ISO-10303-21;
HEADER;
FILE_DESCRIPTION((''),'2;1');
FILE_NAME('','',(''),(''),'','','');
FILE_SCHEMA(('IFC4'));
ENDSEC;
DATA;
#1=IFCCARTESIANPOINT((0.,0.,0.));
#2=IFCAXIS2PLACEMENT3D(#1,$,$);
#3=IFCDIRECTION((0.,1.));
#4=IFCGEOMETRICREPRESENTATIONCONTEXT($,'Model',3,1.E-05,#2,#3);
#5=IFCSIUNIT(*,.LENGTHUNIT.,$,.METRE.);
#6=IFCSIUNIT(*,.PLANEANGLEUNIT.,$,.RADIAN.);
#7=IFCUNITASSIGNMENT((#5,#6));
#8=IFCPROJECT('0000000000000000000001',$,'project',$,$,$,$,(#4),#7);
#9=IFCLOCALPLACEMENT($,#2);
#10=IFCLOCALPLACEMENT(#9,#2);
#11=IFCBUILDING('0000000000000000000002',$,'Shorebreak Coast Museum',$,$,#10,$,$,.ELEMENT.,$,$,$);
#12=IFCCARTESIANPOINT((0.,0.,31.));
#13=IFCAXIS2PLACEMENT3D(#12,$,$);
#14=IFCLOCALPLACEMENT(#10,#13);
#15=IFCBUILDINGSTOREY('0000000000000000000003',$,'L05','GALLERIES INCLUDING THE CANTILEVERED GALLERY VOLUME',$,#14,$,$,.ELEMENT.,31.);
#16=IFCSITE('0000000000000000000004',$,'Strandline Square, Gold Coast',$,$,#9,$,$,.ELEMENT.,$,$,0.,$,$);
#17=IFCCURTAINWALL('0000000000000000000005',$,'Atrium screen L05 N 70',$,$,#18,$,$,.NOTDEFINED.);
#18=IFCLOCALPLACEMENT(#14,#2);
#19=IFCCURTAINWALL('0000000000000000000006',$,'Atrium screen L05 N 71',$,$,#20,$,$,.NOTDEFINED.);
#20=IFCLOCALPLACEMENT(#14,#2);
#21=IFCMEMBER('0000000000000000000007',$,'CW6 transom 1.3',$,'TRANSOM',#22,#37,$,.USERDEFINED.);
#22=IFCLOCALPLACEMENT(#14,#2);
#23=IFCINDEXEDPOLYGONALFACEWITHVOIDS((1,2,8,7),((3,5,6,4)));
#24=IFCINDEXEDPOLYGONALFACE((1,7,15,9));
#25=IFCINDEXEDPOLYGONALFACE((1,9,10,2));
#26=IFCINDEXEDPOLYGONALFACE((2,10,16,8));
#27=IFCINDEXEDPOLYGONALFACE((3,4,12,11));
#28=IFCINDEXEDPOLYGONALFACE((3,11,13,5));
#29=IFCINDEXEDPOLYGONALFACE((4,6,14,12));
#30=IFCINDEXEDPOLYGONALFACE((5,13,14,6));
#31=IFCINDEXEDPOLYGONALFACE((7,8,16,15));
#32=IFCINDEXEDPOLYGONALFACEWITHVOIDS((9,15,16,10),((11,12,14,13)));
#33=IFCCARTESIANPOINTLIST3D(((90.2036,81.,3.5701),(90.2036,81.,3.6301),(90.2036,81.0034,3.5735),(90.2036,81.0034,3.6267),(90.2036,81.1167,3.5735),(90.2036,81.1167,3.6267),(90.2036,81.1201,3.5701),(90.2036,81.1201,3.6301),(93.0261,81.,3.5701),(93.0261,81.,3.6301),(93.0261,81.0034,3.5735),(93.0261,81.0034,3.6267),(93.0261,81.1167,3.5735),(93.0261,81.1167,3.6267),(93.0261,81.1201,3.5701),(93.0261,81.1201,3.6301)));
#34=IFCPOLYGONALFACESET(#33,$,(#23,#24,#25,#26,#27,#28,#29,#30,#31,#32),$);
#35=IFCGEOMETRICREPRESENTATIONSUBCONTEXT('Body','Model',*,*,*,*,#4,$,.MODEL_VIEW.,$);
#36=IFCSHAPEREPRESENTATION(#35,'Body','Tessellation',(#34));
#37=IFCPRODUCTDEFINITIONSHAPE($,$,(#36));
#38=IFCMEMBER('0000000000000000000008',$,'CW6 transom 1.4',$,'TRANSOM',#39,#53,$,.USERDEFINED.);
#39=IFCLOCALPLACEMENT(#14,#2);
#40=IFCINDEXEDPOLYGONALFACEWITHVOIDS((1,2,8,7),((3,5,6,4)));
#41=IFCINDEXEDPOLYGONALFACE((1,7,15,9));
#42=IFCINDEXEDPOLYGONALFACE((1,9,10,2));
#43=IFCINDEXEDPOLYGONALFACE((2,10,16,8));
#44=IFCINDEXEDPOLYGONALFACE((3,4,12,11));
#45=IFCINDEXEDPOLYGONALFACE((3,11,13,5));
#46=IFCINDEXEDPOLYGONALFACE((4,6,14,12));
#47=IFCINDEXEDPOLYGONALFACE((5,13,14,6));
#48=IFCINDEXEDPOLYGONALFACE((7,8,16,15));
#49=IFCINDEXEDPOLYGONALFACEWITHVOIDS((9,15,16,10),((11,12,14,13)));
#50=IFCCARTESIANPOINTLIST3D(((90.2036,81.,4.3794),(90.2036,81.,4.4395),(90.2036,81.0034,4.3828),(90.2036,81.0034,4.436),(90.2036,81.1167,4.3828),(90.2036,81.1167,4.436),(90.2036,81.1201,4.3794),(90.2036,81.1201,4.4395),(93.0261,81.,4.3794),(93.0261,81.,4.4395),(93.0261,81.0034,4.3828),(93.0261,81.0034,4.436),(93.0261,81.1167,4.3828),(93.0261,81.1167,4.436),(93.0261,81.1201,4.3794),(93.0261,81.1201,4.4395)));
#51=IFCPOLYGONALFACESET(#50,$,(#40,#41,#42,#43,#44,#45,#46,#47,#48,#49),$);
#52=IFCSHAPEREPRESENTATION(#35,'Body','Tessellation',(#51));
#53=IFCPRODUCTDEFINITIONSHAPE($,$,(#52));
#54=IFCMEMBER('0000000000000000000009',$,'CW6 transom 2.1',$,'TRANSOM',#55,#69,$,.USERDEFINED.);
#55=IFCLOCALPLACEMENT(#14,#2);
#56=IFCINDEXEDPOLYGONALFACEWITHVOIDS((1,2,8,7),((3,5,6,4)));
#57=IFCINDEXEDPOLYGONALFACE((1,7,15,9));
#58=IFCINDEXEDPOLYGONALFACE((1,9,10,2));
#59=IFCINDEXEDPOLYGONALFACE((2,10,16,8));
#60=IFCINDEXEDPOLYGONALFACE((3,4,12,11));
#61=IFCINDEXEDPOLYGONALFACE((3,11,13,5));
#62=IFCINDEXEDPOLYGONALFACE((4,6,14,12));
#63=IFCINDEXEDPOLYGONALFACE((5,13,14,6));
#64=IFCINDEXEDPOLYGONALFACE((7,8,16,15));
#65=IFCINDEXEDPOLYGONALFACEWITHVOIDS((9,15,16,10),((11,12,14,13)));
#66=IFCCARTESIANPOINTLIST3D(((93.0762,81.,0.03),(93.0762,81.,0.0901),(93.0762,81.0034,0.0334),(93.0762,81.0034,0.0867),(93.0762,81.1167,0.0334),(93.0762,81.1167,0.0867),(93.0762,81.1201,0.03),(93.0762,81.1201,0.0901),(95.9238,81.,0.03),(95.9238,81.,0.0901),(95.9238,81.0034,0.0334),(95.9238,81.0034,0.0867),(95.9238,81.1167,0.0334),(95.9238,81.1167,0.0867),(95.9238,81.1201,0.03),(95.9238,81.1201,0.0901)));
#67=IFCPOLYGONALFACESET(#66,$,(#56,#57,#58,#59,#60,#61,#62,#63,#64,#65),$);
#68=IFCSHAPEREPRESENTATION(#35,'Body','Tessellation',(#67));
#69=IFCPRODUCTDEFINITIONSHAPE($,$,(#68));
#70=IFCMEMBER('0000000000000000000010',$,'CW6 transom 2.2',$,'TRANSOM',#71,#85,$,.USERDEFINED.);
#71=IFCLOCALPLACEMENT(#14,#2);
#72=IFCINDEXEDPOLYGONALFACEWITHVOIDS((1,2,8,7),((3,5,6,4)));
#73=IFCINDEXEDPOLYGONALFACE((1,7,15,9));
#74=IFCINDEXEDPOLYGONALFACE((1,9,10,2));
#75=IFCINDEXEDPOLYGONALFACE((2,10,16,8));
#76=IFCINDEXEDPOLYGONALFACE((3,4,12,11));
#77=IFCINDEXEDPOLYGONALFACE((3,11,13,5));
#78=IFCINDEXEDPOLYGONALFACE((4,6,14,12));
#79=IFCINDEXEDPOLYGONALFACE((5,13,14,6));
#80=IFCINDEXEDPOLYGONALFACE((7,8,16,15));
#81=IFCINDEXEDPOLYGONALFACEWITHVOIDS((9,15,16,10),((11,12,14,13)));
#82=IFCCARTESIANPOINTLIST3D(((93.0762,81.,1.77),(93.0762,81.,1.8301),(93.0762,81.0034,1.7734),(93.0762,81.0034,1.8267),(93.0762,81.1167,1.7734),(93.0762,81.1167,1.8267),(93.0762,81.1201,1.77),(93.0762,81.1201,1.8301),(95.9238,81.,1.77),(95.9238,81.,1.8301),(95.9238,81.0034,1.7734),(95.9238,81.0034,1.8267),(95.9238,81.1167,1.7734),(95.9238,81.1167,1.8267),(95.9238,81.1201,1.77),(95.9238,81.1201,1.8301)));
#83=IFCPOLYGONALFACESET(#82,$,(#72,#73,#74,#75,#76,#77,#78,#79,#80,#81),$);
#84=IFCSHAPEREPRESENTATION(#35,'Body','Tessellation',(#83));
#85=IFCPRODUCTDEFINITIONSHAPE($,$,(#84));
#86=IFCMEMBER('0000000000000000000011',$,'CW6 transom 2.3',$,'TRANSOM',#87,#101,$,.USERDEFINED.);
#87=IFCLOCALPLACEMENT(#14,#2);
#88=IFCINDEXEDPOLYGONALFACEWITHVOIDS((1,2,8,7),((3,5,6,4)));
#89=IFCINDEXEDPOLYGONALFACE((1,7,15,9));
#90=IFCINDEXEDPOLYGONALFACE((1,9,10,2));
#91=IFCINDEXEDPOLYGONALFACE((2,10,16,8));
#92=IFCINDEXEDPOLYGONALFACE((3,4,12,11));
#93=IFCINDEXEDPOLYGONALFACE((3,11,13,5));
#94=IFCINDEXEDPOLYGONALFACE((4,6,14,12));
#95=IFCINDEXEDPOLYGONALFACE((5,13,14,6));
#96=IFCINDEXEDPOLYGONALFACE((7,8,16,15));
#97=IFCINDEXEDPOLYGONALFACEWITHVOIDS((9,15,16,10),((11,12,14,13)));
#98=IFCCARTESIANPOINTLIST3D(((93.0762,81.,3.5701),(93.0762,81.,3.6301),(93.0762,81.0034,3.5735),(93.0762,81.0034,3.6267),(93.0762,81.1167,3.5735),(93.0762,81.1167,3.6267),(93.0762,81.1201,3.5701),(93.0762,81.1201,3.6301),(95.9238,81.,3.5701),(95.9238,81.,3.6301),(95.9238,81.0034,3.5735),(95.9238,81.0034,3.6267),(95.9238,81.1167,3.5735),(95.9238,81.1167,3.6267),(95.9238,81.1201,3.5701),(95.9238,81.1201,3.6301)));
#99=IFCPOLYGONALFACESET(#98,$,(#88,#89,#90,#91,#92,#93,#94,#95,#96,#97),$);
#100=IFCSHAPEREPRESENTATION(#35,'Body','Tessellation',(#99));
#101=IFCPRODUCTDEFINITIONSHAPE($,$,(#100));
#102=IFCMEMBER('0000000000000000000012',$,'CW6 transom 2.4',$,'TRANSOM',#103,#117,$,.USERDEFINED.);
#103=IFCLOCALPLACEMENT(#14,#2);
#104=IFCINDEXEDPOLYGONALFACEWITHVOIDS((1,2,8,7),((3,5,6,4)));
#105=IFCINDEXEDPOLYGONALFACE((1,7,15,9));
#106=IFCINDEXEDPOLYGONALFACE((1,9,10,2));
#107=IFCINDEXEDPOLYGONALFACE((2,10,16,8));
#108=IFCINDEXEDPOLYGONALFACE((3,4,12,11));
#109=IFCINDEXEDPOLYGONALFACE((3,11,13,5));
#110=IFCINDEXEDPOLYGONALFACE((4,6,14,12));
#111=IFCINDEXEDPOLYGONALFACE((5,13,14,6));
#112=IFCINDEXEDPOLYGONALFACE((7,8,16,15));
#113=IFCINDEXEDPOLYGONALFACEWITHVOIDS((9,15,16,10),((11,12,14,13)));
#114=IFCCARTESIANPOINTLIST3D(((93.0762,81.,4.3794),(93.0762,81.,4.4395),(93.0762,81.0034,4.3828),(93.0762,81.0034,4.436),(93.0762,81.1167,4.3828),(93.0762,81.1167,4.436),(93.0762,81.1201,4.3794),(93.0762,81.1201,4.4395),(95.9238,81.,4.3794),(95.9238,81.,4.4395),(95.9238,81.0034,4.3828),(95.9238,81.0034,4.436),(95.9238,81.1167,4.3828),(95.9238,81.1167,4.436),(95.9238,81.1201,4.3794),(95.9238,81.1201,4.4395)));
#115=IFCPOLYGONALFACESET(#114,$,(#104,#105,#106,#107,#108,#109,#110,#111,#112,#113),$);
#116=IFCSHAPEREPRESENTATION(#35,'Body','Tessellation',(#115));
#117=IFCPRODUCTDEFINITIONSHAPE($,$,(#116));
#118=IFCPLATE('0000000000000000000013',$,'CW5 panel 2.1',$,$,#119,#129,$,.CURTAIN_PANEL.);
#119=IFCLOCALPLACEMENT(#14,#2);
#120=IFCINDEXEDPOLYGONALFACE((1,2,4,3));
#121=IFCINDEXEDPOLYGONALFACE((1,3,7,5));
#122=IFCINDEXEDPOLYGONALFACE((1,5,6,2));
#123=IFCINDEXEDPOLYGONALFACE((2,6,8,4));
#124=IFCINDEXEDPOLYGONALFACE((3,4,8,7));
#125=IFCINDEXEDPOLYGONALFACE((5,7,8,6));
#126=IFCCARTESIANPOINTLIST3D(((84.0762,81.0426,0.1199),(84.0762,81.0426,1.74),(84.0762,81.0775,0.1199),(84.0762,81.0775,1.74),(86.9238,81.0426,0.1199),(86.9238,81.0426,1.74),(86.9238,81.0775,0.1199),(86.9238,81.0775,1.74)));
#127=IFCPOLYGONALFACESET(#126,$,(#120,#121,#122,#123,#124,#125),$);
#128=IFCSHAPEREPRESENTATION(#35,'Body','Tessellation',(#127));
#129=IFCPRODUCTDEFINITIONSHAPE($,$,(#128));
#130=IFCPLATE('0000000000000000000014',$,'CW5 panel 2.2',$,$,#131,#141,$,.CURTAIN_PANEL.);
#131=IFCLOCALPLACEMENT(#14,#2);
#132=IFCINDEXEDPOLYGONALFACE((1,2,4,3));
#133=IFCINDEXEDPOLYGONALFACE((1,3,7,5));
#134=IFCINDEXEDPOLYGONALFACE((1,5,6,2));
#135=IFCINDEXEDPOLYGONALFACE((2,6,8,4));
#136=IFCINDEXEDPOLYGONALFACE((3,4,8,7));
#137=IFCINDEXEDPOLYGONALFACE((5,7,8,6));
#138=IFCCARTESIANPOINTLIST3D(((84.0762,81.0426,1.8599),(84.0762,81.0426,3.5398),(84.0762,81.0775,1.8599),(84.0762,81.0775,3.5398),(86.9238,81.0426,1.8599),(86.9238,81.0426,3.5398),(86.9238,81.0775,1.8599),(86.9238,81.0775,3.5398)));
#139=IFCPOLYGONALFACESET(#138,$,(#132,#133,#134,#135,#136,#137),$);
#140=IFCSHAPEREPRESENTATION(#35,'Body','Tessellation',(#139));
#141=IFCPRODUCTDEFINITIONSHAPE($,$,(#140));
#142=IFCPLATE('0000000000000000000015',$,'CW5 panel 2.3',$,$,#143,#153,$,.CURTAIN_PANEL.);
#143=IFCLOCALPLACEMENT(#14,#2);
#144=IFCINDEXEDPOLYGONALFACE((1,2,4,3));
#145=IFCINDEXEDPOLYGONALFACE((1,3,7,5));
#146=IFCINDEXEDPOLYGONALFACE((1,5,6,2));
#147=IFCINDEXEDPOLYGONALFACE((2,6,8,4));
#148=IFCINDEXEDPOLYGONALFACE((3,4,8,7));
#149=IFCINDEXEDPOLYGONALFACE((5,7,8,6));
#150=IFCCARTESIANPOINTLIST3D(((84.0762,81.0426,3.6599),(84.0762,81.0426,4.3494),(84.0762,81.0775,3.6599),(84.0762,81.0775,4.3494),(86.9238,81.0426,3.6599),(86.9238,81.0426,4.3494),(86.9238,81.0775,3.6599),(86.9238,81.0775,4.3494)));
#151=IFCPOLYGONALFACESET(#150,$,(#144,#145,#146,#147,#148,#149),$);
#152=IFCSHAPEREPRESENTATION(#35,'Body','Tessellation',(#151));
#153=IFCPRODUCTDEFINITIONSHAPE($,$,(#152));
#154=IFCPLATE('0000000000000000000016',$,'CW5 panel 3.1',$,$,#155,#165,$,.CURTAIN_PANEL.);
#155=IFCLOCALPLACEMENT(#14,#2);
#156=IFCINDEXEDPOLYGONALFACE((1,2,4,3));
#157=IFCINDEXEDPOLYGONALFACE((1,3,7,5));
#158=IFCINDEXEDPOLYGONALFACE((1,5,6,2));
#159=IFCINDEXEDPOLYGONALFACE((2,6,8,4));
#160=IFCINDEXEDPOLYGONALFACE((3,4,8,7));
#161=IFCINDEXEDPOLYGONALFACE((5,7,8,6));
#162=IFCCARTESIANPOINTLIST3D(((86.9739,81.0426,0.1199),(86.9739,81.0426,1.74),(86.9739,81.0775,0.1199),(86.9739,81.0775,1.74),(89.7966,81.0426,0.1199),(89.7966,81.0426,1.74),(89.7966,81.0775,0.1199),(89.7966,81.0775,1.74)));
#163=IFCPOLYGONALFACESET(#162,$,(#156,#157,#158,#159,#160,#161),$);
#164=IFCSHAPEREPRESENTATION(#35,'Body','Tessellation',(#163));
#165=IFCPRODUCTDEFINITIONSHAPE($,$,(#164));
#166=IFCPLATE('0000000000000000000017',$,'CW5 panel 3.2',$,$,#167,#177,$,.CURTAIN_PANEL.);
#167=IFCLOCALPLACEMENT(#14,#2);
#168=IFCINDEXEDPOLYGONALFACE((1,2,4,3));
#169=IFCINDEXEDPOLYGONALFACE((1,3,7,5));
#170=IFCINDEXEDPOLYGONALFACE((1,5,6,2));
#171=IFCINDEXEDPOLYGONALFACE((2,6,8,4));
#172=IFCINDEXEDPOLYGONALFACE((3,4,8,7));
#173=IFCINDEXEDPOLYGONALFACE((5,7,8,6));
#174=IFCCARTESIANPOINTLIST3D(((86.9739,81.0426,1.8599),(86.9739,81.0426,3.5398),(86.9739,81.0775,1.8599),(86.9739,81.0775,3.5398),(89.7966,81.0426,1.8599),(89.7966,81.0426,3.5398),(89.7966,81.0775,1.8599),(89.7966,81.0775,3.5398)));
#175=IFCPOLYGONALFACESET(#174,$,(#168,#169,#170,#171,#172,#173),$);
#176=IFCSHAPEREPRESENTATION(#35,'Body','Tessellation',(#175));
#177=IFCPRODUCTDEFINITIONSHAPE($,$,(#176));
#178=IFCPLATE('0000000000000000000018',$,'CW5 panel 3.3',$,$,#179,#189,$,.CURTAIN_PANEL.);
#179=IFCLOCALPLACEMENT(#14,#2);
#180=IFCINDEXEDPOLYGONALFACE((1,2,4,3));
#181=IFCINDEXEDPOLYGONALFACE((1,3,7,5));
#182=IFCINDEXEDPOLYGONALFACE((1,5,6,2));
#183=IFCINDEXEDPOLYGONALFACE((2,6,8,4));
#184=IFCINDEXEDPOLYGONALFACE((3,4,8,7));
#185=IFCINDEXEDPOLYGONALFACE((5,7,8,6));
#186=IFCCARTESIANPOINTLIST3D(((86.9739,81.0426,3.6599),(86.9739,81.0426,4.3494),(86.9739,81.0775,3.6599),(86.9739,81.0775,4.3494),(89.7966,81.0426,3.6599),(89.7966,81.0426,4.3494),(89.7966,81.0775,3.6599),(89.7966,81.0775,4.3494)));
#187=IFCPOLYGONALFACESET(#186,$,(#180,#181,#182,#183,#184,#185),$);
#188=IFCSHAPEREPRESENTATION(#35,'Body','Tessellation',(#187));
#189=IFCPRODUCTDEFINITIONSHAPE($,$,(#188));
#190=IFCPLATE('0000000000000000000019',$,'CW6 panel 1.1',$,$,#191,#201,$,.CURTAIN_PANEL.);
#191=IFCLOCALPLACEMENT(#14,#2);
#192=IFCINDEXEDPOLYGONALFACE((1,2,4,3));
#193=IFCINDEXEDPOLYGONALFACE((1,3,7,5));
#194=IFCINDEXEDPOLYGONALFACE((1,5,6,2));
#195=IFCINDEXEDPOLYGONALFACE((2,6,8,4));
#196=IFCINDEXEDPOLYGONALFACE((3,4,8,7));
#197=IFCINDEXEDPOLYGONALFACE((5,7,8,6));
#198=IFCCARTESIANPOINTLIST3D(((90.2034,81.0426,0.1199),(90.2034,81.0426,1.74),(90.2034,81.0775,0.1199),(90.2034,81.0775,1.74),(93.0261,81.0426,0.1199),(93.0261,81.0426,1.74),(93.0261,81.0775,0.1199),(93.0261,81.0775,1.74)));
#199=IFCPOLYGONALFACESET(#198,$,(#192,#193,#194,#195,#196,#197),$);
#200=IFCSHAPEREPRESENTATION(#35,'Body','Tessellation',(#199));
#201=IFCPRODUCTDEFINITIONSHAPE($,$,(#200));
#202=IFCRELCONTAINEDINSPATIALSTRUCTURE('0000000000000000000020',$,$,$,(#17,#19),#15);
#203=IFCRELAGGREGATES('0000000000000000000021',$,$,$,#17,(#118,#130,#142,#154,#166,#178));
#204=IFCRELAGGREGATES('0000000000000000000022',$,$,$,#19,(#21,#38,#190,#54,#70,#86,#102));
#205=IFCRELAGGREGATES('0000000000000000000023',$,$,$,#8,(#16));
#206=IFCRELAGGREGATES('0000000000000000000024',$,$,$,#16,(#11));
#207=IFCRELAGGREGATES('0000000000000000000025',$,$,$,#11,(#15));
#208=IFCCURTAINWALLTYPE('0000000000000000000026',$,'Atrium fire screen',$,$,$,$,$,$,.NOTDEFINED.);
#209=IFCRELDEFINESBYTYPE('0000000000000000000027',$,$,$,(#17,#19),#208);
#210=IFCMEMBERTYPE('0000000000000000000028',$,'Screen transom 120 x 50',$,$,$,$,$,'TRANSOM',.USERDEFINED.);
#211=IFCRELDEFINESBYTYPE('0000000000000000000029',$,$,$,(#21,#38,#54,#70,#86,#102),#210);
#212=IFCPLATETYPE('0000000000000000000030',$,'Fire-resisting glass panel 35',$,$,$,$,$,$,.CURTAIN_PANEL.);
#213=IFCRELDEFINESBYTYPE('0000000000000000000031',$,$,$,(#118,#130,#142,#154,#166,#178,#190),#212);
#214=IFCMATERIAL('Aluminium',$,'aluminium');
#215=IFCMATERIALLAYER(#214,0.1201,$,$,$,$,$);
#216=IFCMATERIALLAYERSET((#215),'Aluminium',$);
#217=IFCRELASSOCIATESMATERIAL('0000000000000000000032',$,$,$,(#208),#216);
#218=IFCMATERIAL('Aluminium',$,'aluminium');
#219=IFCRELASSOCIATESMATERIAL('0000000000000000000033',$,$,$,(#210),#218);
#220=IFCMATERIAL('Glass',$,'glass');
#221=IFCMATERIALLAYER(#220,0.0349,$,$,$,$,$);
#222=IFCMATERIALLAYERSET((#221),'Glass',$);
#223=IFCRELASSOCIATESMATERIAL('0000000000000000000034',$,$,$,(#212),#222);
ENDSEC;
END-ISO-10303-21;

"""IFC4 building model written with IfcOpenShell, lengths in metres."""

from ifc_helpers import new_model, si_unit, direction, frame, origin, origin_2d, place, context, subcontext, project, spatial, rectangle, hollow_rectangle, extrude, material, layer, layer_set, material_profile, profile_set, type_object, element, aggregate, save


model = new_model("IFC4")

# Units and contexts
model_context = context("Model", 3, precision=1e-05, world=origin(), true_north=direction((0.0, 1.0)))
body_context = subcontext(model_context, "Body", "Model", "MODEL_VIEW")
ifc_project = project(units=[si_unit("LENGTHUNIT", "METRE"), si_unit("PLANEANGLEUNIT", "RADIAN")], contexts=[model_context])

# Site, building, storey
site_placement = place(None, origin())
site = spatial("IfcSite", under=ifc_project, at=site_placement, Name="Strandline Square, Gold Coast", CompositionType="ELEMENT", RefElevation=0.0)
building_placement = place(site_placement, origin())
building = spatial("IfcBuilding", under=site, at=building_placement, Name="Shorebreak Coast Museum", CompositionType="ELEMENT")
storey_placement = place(building_placement, frame((0.0, 0.0, 31.0)))
storey = spatial("IfcBuildingStorey", under=building, at=storey_placement, Name="L05", Description="GALLERIES INCLUDING THE CANTILEVERED GALLERY VOLUME", CompositionType="ELEMENT", Elevation=31.0)

# Curtain walls
ifc_material_1 = material(Name="Aluminium", Category="aluminium")
ifc_layer_1 = layer(ifc_material_1, 0.1201)
ifc_layer_set_1 = layer_set([ifc_layer_1], Name="Aluminium")
curtain_wall_type = type_object("IfcCurtainWallType", Name="Atrium fire screen", PredefinedType="NOTDEFINED", material=ifc_layer_set_1)
curtain_wall_1_placement = place(storey_placement, origin())
curtain_wall_1 = element("IfcCurtainWall", 1, at=curtain_wall_1_placement, inside=storey, type_object=curtain_wall_type, Name="Atrium screen L05 N 70", PredefinedType="NOTDEFINED")
curtain_wall_2_placement = place(storey_placement, origin())
curtain_wall_2 = element("IfcCurtainWall", 2, at=curtain_wall_2_placement, inside=storey, type_object=curtain_wall_type, Name="Atrium screen L05 N 71", PredefinedType="NOTDEFINED")

# Members
ifc_material_2 = material(Name="Aluminium", Category="aluminium")
ifc_material_profile_1 = material_profile(ifc_material_2, hollow_rectangle(XDim=0.1201, YDim=0.0601, WallThickness=0.0034, at=origin_2d()), Name="AL 60x120 RHS")
ifc_profile_set_1 = profile_set([ifc_material_profile_1], Name="Aluminium")
member_type_1 = type_object("IfcMemberType", Name="Screen transom 120 x 50", ElementType="TRANSOM", PredefinedType="USERDEFINED", material=ifc_profile_set_1)
member_1_placement = place(storey_placement, frame((90.2036, 81.0601, 3.6001), z_axis=(1.0, 0.0, 0.0), x_axis=(0.0, 1.0, 0.0)))
member_1 = element("IfcMember", 3, at=member_1_placement, type_object=member_type_1, Name="CW6 transom 1.3", ObjectType="TRANSOM", PredefinedType="USERDEFINED", context=body_context, shape_type="SweptSolid", body=[
    extrude(hollow_rectangle(XDim=0.1201, YDim=0.0601, WallThickness=0.0034, at=origin_2d()), origin(), (0.0, 0.0, 1.0), 2.8225),
])
member_2_placement = place(storey_placement, frame((90.2036, 81.0601, 4.4094), z_axis=(1.0, 0.0, 0.0), x_axis=(0.0, 1.0, 0.0)))
member_2 = element("IfcMember", 4, at=member_2_placement, type_object=member_type_1, Name="CW6 transom 1.4", ObjectType="TRANSOM", PredefinedType="USERDEFINED", context=body_context, shape_type="SweptSolid", body=[
    extrude(hollow_rectangle(XDim=0.1201, YDim=0.0601, WallThickness=0.0034, at=origin_2d()), origin(), (0.0, 0.0, 1.0), 2.8225),
])
member_3_placement = place(storey_placement, frame((93.0762, 81.0601, 0.0601), z_axis=(1.0, 0.0, 0.0), x_axis=(0.0, 1.0, 0.0)))
member_3 = element("IfcMember", 5, at=member_3_placement, type_object=member_type_1, Name="CW6 transom 2.1", ObjectType="TRANSOM", PredefinedType="USERDEFINED", context=body_context, shape_type="SweptSolid", body=[
    extrude(hollow_rectangle(XDim=0.1201, YDim=0.0601, WallThickness=0.0034, at=origin_2d()), origin(), (0.0, 0.0, 1.0), 2.8477),
])
member_4_placement = place(storey_placement, frame((93.0762, 81.0601, 1.8), z_axis=(1.0, 0.0, 0.0), x_axis=(0.0, 1.0, 0.0)))
member_4 = element("IfcMember", 6, at=member_4_placement, type_object=member_type_1, Name="CW6 transom 2.2", ObjectType="TRANSOM", PredefinedType="USERDEFINED", context=body_context, shape_type="SweptSolid", body=[
    extrude(hollow_rectangle(XDim=0.1201, YDim=0.0601, WallThickness=0.0034, at=origin_2d()), origin(), (0.0, 0.0, 1.0), 2.8477),
])
member_5_placement = place(storey_placement, frame((93.0762, 81.0601, 3.6001), z_axis=(1.0, 0.0, 0.0), x_axis=(0.0, 1.0, 0.0)))
member_5 = element("IfcMember", 7, at=member_5_placement, type_object=member_type_1, Name="CW6 transom 2.3", ObjectType="TRANSOM", PredefinedType="USERDEFINED", context=body_context, shape_type="SweptSolid", body=[
    extrude(hollow_rectangle(XDim=0.1201, YDim=0.0601, WallThickness=0.0034, at=origin_2d()), origin(), (0.0, 0.0, 1.0), 2.8477),
])
member_6_placement = place(storey_placement, frame((93.0762, 81.0601, 4.4094), z_axis=(1.0, 0.0, 0.0), x_axis=(0.0, 1.0, 0.0)))
member_6 = element("IfcMember", 8, at=member_6_placement, type_object=member_type_1, Name="CW6 transom 2.4", ObjectType="TRANSOM", PredefinedType="USERDEFINED", context=body_context, shape_type="SweptSolid", body=[
    extrude(hollow_rectangle(XDim=0.1201, YDim=0.0601, WallThickness=0.0034, at=origin_2d()), origin(), (0.0, 0.0, 1.0), 2.8477),
])

# Plates
ifc_material_3 = material(Name="Glass", Category="glass")
ifc_layer_2 = layer(ifc_material_3, 0.0349)
ifc_layer_set_2 = layer_set([ifc_layer_2], Name="Glass")
plate_type = type_object("IfcPlateType", Name="Fire-resisting glass panel 35", PredefinedType="CURTAIN_PANEL", material=ifc_layer_set_2)
plate_1_placement = place(storey_placement, frame((85.5, 81.0601, 0.1199), z_axis=(0.0, 0.0, 1.0), x_axis=(1.0, 0.0, 0.0)))
plate_1 = element("IfcPlate", 9, at=plate_1_placement, type_object=plate_type, Name="CW5 panel 2.1", PredefinedType="CURTAIN_PANEL", context=body_context, shape_type="SweptSolid", body=[
    extrude(rectangle(XDim=2.8477, YDim=0.0349, at=origin_2d()), origin(), (0.0, 0.0, 1.0), 1.6201),
])
plate_2_placement = place(storey_placement, frame((85.5, 81.0601, 1.8599), z_axis=(0.0, 0.0, 1.0), x_axis=(1.0, 0.0, 0.0)))
plate_2 = element("IfcPlate", 10, at=plate_2_placement, type_object=plate_type, Name="CW5 panel 2.2", PredefinedType="CURTAIN_PANEL", context=body_context, shape_type="SweptSolid", body=[
    extrude(rectangle(XDim=2.8477, YDim=0.0349, at=origin_2d()), origin(), (0.0, 0.0, 1.0), 1.6799),
])
plate_3_placement = place(storey_placement, frame((85.5, 81.0601, 3.6599), z_axis=(0.0, 0.0, 1.0), x_axis=(1.0, 0.0, 0.0)))
plate_3 = element("IfcPlate", 11, at=plate_3_placement, type_object=plate_type, Name="CW5 panel 2.3", PredefinedType="CURTAIN_PANEL", context=body_context, shape_type="SweptSolid", body=[
    extrude(rectangle(XDim=2.8477, YDim=0.0349, at=origin_2d()), origin(), (0.0, 0.0, 1.0), 0.6895),
])
plate_4_placement = place(storey_placement, frame((88.3853, 81.0601, 0.1199), z_axis=(0.0, 0.0, 1.0), x_axis=(1.0, 0.0, 0.0)))
plate_4 = element("IfcPlate", 12, at=plate_4_placement, type_object=plate_type, Name="CW5 panel 3.1", PredefinedType="CURTAIN_PANEL", context=body_context, shape_type="SweptSolid", body=[
    extrude(rectangle(XDim=2.8228, YDim=0.0349, at=origin_2d()), origin(), (0.0, 0.0, 1.0), 1.6201),
])
plate_5_placement = place(storey_placement, frame((88.3853, 81.0601, 1.8599), z_axis=(0.0, 0.0, 1.0), x_axis=(1.0, 0.0, 0.0)))
plate_5 = element("IfcPlate", 13, at=plate_5_placement, type_object=plate_type, Name="CW5 panel 3.2", PredefinedType="CURTAIN_PANEL", context=body_context, shape_type="SweptSolid", body=[
    extrude(rectangle(XDim=2.8228, YDim=0.0349, at=origin_2d()), origin(), (0.0, 0.0, 1.0), 1.6799),
])
plate_6_placement = place(storey_placement, frame((88.3853, 81.0601, 3.6599), z_axis=(0.0, 0.0, 1.0), x_axis=(1.0, 0.0, 0.0)))
plate_6 = element("IfcPlate", 14, at=plate_6_placement, type_object=plate_type, Name="CW5 panel 3.3", PredefinedType="CURTAIN_PANEL", context=body_context, shape_type="SweptSolid", body=[
    extrude(rectangle(XDim=2.8228, YDim=0.0349, at=origin_2d()), origin(), (0.0, 0.0, 1.0), 0.6895),
])
aggregate(curtain_wall_1, [plate_1, plate_2, plate_3, plate_4, plate_5, plate_6])
plate_7_placement = place(storey_placement, frame((91.6147, 81.0601, 0.1199), z_axis=(0.0, 0.0, 1.0), x_axis=(1.0, 0.0, 0.0)))
plate_7 = element("IfcPlate", 15, at=plate_7_placement, type_object=plate_type, Name="CW6 panel 1.1", PredefinedType="CURTAIN_PANEL", context=body_context, shape_type="SweptSolid", body=[
    extrude(rectangle(XDim=2.8228, YDim=0.0349, at=origin_2d()), origin(), (0.0, 0.0, 1.0), 1.6201),
])
aggregate(curtain_wall_2, [member_1, member_2, plate_7, member_3, member_4, member_5, member_6])

save(model, "model.ifc")
